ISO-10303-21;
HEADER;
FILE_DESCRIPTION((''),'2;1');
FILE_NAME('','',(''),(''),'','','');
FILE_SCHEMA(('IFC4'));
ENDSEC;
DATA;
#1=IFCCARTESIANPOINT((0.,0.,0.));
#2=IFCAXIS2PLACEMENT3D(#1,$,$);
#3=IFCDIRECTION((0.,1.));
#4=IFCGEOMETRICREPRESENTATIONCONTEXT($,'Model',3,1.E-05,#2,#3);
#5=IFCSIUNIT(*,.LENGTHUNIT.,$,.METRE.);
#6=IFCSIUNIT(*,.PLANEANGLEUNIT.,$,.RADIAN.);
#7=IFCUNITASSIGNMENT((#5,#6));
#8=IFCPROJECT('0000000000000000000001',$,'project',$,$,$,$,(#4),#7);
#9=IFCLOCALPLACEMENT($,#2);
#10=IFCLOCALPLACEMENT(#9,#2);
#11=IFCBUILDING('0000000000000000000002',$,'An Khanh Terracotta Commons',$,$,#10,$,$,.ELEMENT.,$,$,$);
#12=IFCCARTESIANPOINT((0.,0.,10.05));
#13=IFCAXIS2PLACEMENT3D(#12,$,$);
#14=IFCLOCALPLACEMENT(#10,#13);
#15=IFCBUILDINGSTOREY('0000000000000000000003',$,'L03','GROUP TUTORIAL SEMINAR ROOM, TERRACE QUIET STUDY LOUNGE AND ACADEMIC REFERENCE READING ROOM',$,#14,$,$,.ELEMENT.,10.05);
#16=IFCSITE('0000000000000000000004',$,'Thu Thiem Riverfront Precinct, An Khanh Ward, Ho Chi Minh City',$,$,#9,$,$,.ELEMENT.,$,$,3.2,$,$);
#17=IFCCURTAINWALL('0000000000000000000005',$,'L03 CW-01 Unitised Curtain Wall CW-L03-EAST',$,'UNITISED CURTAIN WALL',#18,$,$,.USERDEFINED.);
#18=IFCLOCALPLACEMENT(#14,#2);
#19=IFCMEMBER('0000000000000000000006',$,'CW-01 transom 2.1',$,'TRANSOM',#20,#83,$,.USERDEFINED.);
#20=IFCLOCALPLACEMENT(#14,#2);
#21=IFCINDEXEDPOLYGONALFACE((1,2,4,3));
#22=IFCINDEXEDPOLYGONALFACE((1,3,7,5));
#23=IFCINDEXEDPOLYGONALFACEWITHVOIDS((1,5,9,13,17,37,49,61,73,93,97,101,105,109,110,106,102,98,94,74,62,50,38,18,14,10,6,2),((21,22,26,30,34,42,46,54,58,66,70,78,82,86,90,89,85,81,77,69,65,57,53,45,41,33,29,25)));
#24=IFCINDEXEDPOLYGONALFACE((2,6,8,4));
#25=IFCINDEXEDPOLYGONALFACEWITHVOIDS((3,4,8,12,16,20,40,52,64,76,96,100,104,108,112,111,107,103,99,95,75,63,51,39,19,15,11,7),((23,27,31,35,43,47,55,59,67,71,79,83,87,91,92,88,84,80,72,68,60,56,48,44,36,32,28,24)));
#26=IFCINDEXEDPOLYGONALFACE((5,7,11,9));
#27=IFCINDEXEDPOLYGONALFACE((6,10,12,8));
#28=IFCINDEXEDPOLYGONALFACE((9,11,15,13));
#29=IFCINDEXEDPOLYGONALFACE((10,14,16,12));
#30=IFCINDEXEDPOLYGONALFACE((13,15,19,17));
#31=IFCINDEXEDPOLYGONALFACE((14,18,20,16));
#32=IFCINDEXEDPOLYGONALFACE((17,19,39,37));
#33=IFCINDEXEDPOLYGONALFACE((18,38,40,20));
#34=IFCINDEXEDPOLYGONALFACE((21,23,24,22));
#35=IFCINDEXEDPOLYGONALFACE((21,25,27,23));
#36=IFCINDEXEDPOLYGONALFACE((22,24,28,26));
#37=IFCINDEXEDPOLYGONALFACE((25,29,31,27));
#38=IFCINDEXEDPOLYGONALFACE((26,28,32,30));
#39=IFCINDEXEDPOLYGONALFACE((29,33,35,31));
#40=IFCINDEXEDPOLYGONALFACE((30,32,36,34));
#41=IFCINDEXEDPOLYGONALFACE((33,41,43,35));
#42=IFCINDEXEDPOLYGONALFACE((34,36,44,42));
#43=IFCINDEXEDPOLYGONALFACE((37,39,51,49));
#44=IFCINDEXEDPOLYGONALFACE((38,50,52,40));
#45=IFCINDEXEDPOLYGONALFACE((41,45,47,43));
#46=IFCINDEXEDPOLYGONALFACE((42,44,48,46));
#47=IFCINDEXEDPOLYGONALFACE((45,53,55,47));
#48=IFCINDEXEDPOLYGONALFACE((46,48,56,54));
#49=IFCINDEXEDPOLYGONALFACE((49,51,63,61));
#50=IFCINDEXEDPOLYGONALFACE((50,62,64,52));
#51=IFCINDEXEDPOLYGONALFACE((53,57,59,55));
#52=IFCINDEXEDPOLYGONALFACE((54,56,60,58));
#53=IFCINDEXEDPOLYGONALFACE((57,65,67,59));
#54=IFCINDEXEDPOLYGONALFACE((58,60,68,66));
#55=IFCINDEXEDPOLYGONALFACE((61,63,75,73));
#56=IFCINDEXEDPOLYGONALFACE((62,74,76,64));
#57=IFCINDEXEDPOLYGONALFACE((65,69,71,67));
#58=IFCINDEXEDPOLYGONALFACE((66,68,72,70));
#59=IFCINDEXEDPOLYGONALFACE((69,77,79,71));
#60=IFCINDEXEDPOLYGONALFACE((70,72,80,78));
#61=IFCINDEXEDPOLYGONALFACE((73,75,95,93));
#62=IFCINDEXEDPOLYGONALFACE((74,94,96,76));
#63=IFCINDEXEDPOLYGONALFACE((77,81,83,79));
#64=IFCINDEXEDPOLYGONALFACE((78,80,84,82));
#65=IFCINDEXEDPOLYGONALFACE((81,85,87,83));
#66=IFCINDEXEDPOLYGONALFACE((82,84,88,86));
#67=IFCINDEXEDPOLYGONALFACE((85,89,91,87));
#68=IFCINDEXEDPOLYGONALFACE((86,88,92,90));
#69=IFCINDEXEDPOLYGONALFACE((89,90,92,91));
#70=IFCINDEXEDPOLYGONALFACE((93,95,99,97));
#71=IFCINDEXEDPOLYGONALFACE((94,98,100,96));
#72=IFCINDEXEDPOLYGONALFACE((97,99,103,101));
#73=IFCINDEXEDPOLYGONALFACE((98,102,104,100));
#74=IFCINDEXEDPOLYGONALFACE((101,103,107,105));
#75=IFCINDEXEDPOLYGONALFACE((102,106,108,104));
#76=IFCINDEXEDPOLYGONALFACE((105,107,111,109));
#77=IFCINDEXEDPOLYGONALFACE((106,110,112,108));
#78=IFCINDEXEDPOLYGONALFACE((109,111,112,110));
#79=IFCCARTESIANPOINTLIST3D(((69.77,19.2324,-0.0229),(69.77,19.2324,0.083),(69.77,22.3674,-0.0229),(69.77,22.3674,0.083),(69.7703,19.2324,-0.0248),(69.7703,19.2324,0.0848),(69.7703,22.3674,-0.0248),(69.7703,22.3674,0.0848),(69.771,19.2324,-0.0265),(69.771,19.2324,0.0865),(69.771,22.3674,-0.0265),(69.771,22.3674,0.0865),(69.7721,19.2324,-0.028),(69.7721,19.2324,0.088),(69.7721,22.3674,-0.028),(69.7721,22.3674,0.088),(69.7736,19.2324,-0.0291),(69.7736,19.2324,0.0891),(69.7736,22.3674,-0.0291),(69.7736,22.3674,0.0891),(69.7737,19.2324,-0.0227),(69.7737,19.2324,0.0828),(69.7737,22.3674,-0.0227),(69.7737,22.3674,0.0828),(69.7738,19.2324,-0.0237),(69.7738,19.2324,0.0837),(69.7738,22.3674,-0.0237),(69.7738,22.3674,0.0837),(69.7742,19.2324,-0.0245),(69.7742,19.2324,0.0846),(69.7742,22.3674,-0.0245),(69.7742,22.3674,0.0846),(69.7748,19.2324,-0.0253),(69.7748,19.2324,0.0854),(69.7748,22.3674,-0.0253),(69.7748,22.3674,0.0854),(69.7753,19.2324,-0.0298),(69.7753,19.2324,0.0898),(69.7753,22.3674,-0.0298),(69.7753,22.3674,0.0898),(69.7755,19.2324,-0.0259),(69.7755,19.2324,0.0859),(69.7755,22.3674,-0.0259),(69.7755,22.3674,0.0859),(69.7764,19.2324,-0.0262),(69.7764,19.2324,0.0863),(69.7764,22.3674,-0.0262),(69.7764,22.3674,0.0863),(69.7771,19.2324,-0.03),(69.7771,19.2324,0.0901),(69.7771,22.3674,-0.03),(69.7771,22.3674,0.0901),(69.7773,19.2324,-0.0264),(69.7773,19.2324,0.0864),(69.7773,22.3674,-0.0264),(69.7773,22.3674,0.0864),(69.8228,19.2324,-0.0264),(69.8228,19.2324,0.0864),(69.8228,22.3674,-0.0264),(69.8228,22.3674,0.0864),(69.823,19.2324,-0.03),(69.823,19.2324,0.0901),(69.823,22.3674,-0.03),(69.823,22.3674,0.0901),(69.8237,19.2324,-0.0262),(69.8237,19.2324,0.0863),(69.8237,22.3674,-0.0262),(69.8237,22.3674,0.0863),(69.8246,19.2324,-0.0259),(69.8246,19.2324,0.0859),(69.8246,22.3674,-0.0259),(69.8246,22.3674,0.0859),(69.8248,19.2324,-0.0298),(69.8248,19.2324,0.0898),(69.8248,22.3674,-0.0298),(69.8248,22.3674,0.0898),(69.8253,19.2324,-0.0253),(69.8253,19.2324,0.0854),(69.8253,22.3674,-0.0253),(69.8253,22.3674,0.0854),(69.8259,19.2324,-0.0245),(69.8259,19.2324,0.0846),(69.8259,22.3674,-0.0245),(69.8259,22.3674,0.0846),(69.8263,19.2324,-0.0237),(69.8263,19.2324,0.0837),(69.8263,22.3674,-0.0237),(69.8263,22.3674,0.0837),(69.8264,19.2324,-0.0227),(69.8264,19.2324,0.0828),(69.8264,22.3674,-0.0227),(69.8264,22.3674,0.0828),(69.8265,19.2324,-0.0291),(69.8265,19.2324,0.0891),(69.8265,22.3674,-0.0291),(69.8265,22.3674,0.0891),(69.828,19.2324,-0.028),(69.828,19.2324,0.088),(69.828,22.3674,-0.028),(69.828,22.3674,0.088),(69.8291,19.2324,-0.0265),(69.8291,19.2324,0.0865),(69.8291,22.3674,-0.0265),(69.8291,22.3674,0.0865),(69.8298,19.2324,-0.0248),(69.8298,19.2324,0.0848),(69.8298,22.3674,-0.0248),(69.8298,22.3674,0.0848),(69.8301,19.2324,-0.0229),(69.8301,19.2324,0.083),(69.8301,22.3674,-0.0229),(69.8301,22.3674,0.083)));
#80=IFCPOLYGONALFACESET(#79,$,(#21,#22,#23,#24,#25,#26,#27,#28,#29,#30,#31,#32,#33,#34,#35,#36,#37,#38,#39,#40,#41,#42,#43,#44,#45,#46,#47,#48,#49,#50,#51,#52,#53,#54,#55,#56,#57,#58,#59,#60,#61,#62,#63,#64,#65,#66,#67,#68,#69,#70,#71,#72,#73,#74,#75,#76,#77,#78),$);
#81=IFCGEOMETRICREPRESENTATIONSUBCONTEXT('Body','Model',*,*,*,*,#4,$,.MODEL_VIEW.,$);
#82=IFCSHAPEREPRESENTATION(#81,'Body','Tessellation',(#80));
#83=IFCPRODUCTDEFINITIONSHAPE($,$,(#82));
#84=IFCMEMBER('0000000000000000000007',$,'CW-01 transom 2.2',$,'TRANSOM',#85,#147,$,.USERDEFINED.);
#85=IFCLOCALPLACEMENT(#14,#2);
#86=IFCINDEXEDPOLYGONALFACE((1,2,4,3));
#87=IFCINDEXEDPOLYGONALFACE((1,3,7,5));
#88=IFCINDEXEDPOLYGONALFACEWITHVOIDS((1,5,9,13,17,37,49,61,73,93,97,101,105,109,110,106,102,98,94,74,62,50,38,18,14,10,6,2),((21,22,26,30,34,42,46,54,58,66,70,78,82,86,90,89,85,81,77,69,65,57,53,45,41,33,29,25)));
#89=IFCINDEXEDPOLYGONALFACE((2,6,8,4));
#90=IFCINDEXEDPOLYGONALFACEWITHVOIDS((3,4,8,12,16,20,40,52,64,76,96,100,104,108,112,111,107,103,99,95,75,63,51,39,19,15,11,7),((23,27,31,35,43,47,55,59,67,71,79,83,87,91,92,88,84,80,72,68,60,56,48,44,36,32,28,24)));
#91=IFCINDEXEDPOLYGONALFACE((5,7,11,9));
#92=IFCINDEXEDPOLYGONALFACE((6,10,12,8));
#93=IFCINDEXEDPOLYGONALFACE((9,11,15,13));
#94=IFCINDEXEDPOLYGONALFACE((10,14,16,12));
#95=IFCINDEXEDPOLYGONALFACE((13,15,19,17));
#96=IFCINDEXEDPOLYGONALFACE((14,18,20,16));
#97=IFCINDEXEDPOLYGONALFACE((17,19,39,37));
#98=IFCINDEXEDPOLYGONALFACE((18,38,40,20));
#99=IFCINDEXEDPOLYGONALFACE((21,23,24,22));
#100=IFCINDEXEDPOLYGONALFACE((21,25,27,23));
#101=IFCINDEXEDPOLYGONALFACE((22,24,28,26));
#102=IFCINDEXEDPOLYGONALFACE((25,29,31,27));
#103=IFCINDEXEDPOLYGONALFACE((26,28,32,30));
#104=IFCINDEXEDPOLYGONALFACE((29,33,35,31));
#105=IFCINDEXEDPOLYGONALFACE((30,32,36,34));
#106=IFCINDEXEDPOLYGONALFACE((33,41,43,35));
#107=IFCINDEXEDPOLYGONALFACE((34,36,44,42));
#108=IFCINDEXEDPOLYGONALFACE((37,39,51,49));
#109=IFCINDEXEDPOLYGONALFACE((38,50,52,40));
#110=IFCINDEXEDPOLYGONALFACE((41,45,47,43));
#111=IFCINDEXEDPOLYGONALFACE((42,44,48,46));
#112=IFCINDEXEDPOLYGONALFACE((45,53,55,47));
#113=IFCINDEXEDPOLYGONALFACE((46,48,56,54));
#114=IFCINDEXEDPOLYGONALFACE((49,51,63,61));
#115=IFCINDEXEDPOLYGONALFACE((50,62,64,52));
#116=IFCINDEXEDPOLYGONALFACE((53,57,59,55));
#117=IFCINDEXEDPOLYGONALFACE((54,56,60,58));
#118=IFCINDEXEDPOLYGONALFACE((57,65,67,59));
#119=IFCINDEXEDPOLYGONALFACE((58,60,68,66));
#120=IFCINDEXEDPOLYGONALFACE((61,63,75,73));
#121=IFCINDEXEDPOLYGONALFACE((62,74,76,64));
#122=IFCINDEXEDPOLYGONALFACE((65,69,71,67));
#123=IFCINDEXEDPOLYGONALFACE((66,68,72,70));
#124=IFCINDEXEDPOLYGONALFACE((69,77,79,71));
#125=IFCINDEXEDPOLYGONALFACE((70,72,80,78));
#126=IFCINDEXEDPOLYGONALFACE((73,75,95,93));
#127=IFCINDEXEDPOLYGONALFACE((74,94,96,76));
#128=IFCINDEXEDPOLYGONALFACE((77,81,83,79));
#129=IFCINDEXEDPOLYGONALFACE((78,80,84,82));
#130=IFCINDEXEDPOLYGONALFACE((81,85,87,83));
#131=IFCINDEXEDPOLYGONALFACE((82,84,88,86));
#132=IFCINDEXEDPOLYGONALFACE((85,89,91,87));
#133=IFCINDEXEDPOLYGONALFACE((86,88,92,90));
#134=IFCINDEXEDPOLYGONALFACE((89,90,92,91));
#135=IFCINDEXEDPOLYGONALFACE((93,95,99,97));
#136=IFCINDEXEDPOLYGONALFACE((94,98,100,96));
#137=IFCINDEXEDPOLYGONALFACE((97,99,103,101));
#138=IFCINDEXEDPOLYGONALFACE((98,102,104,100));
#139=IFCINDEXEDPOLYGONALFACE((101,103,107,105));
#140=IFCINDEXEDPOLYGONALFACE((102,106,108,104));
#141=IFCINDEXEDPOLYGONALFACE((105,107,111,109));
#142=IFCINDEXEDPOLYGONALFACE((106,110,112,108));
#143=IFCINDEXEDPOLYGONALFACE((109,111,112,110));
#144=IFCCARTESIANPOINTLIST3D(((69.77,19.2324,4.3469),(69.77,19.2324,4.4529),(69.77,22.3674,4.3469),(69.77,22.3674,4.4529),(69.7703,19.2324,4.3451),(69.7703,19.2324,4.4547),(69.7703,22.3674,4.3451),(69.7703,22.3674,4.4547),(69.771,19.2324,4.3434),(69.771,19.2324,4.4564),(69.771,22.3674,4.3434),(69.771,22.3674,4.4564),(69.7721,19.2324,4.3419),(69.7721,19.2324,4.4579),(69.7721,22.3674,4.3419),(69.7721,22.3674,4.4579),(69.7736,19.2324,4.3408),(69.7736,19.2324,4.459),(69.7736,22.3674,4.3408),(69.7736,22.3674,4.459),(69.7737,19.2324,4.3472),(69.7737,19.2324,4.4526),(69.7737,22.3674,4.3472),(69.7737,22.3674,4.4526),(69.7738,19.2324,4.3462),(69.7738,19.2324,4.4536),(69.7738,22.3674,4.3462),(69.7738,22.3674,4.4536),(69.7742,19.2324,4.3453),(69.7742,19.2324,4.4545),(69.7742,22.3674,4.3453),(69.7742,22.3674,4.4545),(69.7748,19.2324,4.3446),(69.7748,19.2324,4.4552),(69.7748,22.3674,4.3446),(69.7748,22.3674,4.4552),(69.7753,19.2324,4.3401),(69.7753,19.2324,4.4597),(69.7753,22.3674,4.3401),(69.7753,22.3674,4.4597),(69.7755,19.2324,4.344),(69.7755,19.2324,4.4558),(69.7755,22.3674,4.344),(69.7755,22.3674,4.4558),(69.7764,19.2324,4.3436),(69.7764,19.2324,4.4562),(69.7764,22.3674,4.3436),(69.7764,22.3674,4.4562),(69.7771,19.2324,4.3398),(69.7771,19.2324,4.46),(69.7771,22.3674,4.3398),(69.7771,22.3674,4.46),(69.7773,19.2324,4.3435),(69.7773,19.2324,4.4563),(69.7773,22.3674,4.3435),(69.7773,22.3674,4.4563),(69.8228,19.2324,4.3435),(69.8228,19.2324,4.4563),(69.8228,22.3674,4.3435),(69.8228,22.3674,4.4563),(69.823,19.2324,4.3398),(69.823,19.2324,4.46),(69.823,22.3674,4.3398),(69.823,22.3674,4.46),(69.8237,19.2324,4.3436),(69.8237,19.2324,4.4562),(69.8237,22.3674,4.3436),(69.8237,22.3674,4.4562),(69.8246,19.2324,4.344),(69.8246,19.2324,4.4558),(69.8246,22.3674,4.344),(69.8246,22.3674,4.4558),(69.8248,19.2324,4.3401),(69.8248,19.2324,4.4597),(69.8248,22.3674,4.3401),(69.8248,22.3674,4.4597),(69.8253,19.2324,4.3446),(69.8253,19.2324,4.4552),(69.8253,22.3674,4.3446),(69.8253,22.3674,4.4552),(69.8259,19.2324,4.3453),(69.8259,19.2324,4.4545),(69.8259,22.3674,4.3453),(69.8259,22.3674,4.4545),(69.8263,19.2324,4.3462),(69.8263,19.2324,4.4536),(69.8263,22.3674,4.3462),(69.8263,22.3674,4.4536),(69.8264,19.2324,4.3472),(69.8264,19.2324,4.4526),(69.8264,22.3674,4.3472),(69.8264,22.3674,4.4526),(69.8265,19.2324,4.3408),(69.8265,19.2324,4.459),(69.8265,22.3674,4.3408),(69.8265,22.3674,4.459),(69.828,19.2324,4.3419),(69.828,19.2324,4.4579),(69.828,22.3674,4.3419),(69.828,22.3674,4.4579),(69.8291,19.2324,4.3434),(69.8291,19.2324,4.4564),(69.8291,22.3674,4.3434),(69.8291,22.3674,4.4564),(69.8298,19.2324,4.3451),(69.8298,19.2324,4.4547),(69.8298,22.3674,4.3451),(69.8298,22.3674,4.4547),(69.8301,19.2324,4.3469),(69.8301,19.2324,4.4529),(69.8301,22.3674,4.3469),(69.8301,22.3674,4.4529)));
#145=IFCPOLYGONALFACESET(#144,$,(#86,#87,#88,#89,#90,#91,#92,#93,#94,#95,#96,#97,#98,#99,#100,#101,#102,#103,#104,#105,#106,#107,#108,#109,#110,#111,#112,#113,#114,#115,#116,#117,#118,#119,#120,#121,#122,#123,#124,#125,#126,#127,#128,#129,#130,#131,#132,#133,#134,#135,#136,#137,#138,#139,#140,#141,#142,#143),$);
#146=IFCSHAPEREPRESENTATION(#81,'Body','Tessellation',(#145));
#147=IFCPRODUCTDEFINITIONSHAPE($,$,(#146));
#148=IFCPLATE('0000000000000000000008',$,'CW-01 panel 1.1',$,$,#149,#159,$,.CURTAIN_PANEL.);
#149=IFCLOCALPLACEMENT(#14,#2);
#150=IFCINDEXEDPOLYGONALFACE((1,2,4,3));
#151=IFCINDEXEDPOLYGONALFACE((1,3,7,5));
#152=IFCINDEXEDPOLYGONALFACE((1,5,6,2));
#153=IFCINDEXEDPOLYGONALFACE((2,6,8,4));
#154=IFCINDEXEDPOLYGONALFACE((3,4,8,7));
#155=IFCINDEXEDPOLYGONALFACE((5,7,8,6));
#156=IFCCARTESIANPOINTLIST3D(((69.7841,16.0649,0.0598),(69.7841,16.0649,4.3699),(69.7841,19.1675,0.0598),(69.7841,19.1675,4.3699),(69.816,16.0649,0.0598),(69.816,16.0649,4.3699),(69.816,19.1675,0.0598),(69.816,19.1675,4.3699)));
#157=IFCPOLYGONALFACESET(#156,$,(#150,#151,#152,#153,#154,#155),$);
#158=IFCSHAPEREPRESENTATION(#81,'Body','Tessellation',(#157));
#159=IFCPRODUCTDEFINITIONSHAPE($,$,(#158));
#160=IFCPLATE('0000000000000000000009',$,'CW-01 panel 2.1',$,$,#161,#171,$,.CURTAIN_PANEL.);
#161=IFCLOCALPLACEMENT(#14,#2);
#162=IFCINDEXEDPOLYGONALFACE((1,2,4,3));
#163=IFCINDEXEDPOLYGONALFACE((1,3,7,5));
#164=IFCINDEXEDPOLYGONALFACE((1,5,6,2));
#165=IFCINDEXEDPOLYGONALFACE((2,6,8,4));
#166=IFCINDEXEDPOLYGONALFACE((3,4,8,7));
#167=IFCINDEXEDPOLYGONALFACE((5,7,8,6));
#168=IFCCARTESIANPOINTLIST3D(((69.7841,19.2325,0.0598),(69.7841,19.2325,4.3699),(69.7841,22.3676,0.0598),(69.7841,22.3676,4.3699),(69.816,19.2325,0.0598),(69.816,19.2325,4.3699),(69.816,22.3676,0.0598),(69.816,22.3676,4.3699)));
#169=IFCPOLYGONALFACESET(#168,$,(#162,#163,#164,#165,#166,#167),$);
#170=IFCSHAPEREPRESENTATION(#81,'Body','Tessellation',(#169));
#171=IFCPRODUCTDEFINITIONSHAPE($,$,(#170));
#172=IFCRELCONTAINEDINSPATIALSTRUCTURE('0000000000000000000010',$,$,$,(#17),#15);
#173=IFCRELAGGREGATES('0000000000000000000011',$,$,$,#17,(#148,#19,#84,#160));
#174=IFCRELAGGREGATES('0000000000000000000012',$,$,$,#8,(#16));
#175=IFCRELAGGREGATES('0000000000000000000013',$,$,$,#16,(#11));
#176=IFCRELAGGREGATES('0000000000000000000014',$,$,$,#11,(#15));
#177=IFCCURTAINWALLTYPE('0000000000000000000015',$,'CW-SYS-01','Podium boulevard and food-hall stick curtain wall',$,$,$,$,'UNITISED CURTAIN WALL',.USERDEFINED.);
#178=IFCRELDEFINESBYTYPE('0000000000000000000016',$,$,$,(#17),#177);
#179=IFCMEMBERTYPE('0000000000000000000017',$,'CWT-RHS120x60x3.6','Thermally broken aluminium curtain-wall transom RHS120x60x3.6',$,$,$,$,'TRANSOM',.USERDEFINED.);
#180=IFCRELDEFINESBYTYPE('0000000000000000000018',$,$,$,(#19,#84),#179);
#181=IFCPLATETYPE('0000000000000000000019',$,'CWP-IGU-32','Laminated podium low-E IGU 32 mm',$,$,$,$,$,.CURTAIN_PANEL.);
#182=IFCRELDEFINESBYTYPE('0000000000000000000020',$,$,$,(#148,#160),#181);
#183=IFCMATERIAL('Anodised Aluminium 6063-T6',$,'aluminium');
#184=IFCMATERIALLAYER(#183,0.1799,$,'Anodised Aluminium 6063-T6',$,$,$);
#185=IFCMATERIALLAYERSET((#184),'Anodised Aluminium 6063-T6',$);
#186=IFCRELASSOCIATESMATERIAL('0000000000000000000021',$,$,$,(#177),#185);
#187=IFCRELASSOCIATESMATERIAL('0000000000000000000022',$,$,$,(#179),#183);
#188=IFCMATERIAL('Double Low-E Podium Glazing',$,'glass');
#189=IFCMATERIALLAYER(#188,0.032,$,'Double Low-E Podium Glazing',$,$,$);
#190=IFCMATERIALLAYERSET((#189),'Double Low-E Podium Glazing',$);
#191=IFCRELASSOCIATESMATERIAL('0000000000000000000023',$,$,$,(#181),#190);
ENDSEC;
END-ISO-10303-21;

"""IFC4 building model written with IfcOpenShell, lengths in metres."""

from ifc_helpers import new_model, si_unit, direction, frame, origin, origin_2d, place, context, subcontext, project, spatial, rectangle, hollow_rectangle, extrude, material, layer, layer_set, material_profile, profile_set, type_object, element, aggregate, save


model = new_model("IFC4")

# Units and contexts
model_context = context("Model", 3, precision=1e-05, world=origin(), true_north=direction((0.0, 1.0)))
body_context = subcontext(model_context, "Body", "Model", "MODEL_VIEW")
ifc_project = project(units=[si_unit("LENGTHUNIT", "METRE"), si_unit("PLANEANGLEUNIT", "RADIAN")], contexts=[model_context])

# Site, building, storey
site_placement = place(None, origin())
site = spatial("IfcSite", under=ifc_project, at=site_placement, Name="Thu Thiem Riverfront Precinct, An Khanh Ward, Ho Chi Minh City", CompositionType="ELEMENT", RefElevation=3.2)
building_placement = place(site_placement, origin())
building = spatial("IfcBuilding", under=site, at=building_placement, Name="An Khanh Terracotta Commons", CompositionType="ELEMENT")
storey_placement = place(building_placement, frame((0.0, 0.0, 10.05)))
storey = spatial("IfcBuildingStorey", under=building, at=storey_placement, Name="L03", Description="GROUP TUTORIAL SEMINAR ROOM, TERRACE QUIET STUDY LOUNGE AND ACADEMIC REFERENCE READING ROOM", CompositionType="ELEMENT", Elevation=10.05)

# Curtain wall, members, plates
ifc_material_1 = material(Name="Anodised Aluminium 6063-T6", Category="aluminium")
ifc_layer_1 = layer(ifc_material_1, 0.1799, Name="Anodised Aluminium 6063-T6")
ifc_layer_set_1 = layer_set([ifc_layer_1], Name="Anodised Aluminium 6063-T6")
curtain_wall_type = type_object("IfcCurtainWallType", Name="CW-SYS-01", Description="Podium boulevard and food-hall stick curtain wall", ElementType="UNITISED CURTAIN WALL", PredefinedType="USERDEFINED", material=ifc_layer_set_1)
curtain_wall_placement = place(storey_placement, origin())
curtain_wall = element("IfcCurtainWall", 1, at=curtain_wall_placement, inside=storey, type_object=curtain_wall_type, Name="L03 CW-01 Unitised Curtain Wall CW-L03-EAST", ObjectType="UNITISED CURTAIN WALL", PredefinedType="USERDEFINED")
ifc_material_profile_1 = material_profile(ifc_material_1, hollow_rectangle(XDim=0.0601, YDim=0.1201, WallThickness=0.0037, InnerFilletRadius=0.0037, OuterFilletRadius=0.0071, at=origin_2d()), Name="RHS120x60x3.6")
ifc_profile_set_1 = profile_set([ifc_material_profile_1], Name="Anodised Aluminium 6063-T6")
member_type_1 = type_object("IfcMemberType", Name="CWT-RHS120x60x3.6", Description="Thermally broken aluminium curtain-wall transom RHS120x60x3.6", ElementType="TRANSOM", PredefinedType="USERDEFINED", material=ifc_profile_set_1)
member_1_placement = place(storey_placement, frame((69.8, 19.2324, 0.03), z_axis=(0.0, 1.0, 0.0), x_axis=(-1.0, 0.0, 0.0)))
member_1 = element("IfcMember", 2, at=member_1_placement, type_object=member_type_1, Name="CW-01 transom 2.1", ObjectType="TRANSOM", PredefinedType="USERDEFINED", context=body_context, shape_type="SweptSolid", body=[
    extrude(hollow_rectangle(XDim=0.0601, YDim=0.1201, WallThickness=0.0037, InnerFilletRadius=0.0037, OuterFilletRadius=0.0071, at=origin_2d()), origin(), (0.0, 0.0, 1.0), 3.135),
])
member_2_placement = place(storey_placement, frame((69.8, 19.2324, 4.3999), z_axis=(0.0, 1.0, 0.0), x_axis=(-1.0, 0.0, 0.0)))
member_2 = element("IfcMember", 3, at=member_2_placement, type_object=member_type_1, Name="CW-01 transom 2.2", ObjectType="TRANSOM", PredefinedType="USERDEFINED", context=body_context, shape_type="SweptSolid", body=[
    extrude(hollow_rectangle(XDim=0.0601, YDim=0.1201, WallThickness=0.0037, InnerFilletRadius=0.0037, OuterFilletRadius=0.0071, at=origin_2d()), origin(), (0.0, 0.0, 1.0), 3.135),
])
ifc_material_2 = material(Name="Double Low-E Podium Glazing", Category="glass")
ifc_layer_2 = layer(ifc_material_2, 0.032, Name="Double Low-E Podium Glazing")
ifc_layer_set_2 = layer_set([ifc_layer_2], Name="Double Low-E Podium Glazing")
plate_type = type_object("IfcPlateType", Name="CWP-IGU-32", Description="Laminated podium low-E IGU 32 mm", PredefinedType="CURTAIN_PANEL", material=ifc_layer_set_2)
plate_1_placement = place(storey_placement, frame((69.8, 17.6162, 0.0598), z_axis=(0.0, 0.0, 1.0), x_axis=(0.0, 1.0, 0.0)))
plate_1 = element("IfcPlate", 4, at=plate_1_placement, type_object=plate_type, Name="CW-01 panel 1.1", PredefinedType="CURTAIN_PANEL", context=body_context, shape_type="SweptSolid", body=[
    extrude(rectangle(XDim=3.1025, YDim=0.032, at=origin_2d()), origin(), (0.0, 0.0, 1.0), 4.3101),
])
plate_2_placement = place(storey_placement, frame((69.8, 20.8, 0.0598), z_axis=(0.0, 0.0, 1.0), x_axis=(0.0, 1.0, 0.0)))
plate_2 = element("IfcPlate", 5, at=plate_2_placement, type_object=plate_type, Name="CW-01 panel 2.1", PredefinedType="CURTAIN_PANEL", context=body_context, shape_type="SweptSolid", body=[
    extrude(rectangle(XDim=3.135, YDim=0.032, at=origin_2d()), origin(), (0.0, 0.0, 1.0), 4.3101),
])
aggregate(curtain_wall, [plate_1, member_1, member_2, plate_2])

save(model, "model.ifc")
